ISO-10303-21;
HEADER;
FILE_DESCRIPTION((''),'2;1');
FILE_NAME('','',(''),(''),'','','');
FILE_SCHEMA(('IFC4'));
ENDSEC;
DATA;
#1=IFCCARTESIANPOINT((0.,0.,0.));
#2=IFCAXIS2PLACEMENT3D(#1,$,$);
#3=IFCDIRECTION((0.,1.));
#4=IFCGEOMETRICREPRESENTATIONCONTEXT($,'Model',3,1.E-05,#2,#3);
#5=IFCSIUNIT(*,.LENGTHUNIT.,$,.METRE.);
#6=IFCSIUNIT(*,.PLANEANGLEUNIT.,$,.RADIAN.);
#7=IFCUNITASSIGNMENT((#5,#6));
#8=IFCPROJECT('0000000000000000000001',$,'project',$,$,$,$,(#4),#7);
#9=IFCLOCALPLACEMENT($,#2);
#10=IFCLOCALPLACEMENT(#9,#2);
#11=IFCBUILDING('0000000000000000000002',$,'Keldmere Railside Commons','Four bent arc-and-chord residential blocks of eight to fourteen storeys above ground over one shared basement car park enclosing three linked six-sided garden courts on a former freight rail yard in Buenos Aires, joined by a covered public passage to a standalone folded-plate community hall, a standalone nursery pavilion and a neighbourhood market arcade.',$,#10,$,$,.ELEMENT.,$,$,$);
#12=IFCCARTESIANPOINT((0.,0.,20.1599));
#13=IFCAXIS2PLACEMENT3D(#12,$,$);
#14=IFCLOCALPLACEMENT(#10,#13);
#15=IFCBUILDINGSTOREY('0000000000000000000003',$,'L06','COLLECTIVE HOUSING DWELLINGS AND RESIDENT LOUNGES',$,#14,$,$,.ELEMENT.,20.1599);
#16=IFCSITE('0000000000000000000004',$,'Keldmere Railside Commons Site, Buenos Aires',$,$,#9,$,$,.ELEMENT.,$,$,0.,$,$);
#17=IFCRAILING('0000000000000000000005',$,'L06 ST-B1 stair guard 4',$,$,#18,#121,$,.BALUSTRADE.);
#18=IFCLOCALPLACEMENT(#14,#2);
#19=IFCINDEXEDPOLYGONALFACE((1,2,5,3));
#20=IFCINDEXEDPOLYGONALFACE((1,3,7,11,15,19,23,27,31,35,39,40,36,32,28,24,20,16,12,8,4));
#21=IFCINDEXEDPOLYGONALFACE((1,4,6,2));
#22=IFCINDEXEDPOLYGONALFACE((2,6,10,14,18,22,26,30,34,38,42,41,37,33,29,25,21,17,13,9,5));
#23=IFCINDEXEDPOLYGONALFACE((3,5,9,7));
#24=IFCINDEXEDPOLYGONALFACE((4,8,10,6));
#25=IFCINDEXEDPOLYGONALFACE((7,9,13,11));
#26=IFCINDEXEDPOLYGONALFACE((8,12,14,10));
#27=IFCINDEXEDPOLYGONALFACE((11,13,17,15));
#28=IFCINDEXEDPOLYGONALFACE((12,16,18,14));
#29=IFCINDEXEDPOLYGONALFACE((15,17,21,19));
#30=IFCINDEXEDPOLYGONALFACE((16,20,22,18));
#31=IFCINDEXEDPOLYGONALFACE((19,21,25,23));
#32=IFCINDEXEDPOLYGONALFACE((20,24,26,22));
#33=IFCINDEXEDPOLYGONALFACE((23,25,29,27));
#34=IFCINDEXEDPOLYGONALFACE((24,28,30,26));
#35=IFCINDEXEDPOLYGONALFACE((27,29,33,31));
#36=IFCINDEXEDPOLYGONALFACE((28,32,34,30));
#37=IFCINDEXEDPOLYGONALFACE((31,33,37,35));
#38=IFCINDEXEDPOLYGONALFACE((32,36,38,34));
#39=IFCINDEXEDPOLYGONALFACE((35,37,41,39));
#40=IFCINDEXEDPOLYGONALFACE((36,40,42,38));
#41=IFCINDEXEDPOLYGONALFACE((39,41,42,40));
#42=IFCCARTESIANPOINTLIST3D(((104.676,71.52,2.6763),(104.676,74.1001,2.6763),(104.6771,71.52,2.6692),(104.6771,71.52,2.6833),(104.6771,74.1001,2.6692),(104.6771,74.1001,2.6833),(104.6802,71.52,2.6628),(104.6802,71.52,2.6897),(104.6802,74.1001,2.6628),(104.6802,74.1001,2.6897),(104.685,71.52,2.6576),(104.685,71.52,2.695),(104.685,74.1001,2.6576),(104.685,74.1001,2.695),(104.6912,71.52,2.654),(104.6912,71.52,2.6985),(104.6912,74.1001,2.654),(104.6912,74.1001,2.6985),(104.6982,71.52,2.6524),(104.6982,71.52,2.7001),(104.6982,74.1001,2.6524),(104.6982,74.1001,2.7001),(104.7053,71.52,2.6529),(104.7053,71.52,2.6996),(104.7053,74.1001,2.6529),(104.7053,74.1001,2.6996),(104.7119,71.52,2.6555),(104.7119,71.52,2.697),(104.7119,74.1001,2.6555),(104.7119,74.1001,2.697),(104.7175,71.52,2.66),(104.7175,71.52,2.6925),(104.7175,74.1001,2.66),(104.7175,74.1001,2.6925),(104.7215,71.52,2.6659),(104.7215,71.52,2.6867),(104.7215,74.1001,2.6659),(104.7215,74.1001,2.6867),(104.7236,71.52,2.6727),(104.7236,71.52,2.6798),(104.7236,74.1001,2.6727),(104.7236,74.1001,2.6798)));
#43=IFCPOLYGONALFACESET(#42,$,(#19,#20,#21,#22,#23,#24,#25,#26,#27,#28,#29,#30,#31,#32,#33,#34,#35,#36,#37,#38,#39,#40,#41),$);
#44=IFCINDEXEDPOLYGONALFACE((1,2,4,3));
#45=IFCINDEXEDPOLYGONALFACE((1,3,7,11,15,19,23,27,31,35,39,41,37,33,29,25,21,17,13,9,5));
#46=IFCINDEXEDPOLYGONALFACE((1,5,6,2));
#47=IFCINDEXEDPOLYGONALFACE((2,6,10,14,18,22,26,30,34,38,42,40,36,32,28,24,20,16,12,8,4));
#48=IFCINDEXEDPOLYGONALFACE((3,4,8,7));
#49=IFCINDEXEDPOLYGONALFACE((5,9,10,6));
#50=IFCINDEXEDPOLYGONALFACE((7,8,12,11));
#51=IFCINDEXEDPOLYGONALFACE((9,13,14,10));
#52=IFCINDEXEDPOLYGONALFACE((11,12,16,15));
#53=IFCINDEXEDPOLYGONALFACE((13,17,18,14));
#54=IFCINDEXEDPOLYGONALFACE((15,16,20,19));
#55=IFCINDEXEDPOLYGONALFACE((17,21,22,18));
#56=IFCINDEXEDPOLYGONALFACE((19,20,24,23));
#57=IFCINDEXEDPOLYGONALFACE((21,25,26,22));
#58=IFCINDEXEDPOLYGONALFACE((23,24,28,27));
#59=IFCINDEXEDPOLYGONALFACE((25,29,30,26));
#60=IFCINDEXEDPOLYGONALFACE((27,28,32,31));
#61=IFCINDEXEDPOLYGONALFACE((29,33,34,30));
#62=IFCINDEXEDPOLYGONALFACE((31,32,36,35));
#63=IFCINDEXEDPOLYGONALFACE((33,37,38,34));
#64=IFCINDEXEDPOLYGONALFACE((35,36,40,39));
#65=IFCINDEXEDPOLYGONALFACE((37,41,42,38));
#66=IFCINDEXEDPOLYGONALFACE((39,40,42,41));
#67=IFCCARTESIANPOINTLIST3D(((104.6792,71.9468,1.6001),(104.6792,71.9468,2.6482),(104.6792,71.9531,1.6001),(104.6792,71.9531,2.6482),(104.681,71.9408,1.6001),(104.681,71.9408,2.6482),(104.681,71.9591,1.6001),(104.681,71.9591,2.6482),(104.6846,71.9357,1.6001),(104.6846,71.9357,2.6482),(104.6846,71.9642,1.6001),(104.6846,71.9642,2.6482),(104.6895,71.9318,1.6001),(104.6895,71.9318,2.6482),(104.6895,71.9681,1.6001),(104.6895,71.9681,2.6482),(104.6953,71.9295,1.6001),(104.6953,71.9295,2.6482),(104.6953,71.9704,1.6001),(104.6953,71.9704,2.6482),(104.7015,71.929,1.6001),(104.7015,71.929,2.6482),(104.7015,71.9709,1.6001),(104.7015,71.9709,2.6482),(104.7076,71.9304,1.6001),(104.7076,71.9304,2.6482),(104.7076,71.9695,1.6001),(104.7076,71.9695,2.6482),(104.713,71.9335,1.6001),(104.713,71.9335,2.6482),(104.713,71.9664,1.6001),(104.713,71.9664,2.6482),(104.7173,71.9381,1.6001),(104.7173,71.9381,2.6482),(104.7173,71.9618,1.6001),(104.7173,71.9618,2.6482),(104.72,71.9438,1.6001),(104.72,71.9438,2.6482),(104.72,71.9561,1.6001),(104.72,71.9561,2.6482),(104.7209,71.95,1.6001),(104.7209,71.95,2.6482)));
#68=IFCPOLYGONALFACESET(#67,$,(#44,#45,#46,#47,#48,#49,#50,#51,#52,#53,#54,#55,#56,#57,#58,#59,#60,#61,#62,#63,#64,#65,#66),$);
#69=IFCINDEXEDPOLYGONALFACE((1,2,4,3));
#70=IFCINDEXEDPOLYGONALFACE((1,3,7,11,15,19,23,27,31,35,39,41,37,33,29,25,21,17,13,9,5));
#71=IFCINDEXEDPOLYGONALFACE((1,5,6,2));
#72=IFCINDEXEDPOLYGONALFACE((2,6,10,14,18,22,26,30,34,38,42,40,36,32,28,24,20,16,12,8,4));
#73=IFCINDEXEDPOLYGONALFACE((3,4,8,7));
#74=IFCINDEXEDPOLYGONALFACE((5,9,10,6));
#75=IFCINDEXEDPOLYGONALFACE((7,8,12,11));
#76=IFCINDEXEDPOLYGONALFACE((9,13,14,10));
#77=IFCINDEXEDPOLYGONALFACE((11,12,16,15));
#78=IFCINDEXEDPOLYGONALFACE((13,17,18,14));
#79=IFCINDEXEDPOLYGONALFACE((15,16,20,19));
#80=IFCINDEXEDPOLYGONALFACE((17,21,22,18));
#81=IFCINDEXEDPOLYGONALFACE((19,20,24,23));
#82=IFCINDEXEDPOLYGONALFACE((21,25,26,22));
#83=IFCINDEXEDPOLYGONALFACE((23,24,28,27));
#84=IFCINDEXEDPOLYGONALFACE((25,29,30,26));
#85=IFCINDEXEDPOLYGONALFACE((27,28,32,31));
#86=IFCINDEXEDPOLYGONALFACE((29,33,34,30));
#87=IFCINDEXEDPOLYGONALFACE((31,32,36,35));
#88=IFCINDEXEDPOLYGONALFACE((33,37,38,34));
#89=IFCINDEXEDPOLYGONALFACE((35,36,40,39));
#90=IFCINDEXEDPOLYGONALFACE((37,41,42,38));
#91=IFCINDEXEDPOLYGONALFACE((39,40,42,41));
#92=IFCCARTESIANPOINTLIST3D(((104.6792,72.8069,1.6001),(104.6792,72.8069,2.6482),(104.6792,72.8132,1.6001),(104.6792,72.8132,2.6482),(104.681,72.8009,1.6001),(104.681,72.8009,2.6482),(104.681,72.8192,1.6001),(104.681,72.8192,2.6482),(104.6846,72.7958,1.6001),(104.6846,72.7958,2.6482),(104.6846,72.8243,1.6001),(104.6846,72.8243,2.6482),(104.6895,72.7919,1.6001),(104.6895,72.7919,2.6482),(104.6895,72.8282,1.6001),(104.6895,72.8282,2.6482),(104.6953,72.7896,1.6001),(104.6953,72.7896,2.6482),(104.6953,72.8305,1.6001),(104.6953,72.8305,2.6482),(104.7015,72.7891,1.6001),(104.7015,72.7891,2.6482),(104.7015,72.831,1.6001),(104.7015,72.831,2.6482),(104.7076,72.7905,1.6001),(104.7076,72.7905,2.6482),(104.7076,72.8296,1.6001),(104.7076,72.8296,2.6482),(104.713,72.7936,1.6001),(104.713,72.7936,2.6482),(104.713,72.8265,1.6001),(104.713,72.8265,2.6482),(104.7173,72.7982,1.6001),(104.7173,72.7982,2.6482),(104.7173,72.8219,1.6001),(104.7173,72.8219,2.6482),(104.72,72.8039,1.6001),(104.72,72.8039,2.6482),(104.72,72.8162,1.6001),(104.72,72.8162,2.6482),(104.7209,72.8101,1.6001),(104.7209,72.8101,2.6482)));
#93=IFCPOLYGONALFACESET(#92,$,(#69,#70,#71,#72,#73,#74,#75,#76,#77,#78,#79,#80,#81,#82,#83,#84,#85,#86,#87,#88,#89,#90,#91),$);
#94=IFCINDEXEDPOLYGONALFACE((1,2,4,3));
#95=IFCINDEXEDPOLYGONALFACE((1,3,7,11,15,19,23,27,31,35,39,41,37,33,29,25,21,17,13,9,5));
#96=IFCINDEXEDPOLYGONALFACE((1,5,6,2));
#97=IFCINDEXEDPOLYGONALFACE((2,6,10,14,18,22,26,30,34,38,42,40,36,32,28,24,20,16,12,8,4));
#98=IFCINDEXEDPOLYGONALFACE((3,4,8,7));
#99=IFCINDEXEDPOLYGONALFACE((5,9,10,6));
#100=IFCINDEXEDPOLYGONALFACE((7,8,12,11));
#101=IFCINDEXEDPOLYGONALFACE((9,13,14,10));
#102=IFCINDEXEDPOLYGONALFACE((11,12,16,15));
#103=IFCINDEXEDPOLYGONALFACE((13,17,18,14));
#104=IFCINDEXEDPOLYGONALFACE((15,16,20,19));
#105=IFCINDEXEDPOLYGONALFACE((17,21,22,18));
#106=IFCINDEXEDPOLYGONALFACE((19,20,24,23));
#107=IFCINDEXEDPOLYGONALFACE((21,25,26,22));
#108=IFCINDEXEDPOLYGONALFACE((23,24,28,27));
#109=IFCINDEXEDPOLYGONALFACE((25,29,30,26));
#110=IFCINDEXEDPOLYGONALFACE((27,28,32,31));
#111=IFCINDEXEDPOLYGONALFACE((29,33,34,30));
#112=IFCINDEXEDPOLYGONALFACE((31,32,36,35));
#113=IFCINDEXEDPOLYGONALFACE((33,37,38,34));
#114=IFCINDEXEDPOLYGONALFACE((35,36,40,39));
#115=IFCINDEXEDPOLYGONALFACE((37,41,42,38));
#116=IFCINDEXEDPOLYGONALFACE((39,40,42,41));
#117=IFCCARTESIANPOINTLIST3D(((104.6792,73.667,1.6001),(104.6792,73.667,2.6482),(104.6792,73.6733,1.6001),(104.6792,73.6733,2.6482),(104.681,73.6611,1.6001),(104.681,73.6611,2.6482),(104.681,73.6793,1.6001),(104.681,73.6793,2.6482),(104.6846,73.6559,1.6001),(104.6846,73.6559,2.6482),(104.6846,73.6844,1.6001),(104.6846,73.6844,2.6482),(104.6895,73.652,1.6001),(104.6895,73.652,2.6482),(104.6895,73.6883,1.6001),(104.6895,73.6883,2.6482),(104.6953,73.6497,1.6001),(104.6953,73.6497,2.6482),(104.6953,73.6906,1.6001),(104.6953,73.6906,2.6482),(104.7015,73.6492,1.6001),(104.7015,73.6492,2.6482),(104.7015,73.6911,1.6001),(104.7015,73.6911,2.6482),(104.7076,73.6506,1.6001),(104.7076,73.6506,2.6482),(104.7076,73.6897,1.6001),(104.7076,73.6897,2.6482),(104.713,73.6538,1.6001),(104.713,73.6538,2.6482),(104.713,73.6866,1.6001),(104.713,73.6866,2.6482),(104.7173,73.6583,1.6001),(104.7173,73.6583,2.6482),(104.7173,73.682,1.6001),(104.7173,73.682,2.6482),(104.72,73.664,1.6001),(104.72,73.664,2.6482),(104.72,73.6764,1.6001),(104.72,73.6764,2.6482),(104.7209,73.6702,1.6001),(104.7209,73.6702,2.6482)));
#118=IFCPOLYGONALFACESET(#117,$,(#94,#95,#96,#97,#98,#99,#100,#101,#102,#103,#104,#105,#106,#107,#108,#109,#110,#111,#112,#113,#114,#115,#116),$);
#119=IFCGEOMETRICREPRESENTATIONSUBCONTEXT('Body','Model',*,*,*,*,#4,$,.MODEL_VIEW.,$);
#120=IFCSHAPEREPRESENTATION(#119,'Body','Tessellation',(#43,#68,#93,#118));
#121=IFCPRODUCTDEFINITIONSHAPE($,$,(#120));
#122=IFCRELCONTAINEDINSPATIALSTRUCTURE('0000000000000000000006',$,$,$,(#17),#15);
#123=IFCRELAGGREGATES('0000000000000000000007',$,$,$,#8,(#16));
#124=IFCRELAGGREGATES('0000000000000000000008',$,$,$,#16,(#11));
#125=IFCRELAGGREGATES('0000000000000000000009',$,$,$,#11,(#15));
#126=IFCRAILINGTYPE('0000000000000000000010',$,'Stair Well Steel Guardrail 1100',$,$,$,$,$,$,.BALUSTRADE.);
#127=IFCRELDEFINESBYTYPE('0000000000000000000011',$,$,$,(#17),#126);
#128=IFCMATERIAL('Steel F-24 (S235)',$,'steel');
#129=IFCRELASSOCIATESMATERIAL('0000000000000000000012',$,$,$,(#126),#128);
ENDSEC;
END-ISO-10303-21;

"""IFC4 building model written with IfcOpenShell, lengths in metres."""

from ifc_helpers import new_model, si_unit, direction, frame, origin, origin_2d, place, context, subcontext, project, spatial, circle, extrude, material, type_object, element, save


model = new_model("IFC4")

# Units and contexts
model_context = context("Model", 3, precision=1e-05, world=origin(), true_north=direction((0.0, 1.0)))
body_context = subcontext(model_context, "Body", "Model", "MODEL_VIEW")
ifc_project = project(units=[si_unit("LENGTHUNIT", "METRE"), si_unit("PLANEANGLEUNIT", "RADIAN")], contexts=[model_context])

# Site, building, storey
site_placement = place(None, origin())
site = spatial("IfcSite", under=ifc_project, at=site_placement, Name="Keldmere Railside Commons Site, Buenos Aires", CompositionType="ELEMENT", RefElevation=0.0)
building_placement = place(site_placement, origin())
building = spatial("IfcBuilding", under=site, at=building_placement, Name="Keldmere Railside Commons", Description="Four bent arc-and-chord residential blocks of eight to fourteen storeys above ground over one shared basement car park enclosing three linked six-sided garden courts on a former freight rail yard in Buenos Aires, joined by a covered public passage to a standalone folded-plate community hall, a standalone nursery pavilion and a neighbourhood market arcade.", CompositionType="ELEMENT")
storey_placement = place(building_placement, frame((0.0, 0.0, 20.1599)))
storey = spatial("IfcBuildingStorey", under=building, at=storey_placement, Name="L06", Description="COLLECTIVE HOUSING DWELLINGS AND RESIDENT LOUNGES", CompositionType="ELEMENT", Elevation=20.1599)

# Shared definitions
ifc_material_1 = material(Name="Steel F-24 (S235)", Category="steel")

# Railing
railing_type_1 = type_object("IfcRailingType", Name="Stair Well Steel Guardrail 1100", PredefinedType="BALUSTRADE", material=ifc_material_1)
railing_1_placement = place(storey_placement, frame((104.7, 71.52, 1.6001)))
element("IfcRailing", 1, at=railing_1_placement, inside=storey, type_object=railing_type_1, Name="L06 ST-B1 stair guard 4", PredefinedType="BALUSTRADE", context=body_context, shape_type="SweptSolid", body=[
    extrude(circle(Radius=0.0239, at=origin_2d()), frame((0.0, 0.0, 1.0762), z_axis=(0.0, 1.0, 0.0), x_axis=(-1.0, 0.0, 0.0)), (0.0, 0.0, 1.0), 2.5801),
    extrude(circle(Radius=0.021, at=origin_2d()), frame((0.0, 0.4299, 0.0)), (0.0, 0.0, 1.0), 1.0481),
    extrude(circle(Radius=0.021, at=origin_2d()), frame((0.0, 1.29, 0.0)), (0.0, 0.0, 1.0), 1.0481),
    extrude(circle(Radius=0.021, at=origin_2d()), frame((0.0, 2.1501, 0.0)), (0.0, 0.0, 1.0), 1.0481),
])

save(model, "model.ifc")
